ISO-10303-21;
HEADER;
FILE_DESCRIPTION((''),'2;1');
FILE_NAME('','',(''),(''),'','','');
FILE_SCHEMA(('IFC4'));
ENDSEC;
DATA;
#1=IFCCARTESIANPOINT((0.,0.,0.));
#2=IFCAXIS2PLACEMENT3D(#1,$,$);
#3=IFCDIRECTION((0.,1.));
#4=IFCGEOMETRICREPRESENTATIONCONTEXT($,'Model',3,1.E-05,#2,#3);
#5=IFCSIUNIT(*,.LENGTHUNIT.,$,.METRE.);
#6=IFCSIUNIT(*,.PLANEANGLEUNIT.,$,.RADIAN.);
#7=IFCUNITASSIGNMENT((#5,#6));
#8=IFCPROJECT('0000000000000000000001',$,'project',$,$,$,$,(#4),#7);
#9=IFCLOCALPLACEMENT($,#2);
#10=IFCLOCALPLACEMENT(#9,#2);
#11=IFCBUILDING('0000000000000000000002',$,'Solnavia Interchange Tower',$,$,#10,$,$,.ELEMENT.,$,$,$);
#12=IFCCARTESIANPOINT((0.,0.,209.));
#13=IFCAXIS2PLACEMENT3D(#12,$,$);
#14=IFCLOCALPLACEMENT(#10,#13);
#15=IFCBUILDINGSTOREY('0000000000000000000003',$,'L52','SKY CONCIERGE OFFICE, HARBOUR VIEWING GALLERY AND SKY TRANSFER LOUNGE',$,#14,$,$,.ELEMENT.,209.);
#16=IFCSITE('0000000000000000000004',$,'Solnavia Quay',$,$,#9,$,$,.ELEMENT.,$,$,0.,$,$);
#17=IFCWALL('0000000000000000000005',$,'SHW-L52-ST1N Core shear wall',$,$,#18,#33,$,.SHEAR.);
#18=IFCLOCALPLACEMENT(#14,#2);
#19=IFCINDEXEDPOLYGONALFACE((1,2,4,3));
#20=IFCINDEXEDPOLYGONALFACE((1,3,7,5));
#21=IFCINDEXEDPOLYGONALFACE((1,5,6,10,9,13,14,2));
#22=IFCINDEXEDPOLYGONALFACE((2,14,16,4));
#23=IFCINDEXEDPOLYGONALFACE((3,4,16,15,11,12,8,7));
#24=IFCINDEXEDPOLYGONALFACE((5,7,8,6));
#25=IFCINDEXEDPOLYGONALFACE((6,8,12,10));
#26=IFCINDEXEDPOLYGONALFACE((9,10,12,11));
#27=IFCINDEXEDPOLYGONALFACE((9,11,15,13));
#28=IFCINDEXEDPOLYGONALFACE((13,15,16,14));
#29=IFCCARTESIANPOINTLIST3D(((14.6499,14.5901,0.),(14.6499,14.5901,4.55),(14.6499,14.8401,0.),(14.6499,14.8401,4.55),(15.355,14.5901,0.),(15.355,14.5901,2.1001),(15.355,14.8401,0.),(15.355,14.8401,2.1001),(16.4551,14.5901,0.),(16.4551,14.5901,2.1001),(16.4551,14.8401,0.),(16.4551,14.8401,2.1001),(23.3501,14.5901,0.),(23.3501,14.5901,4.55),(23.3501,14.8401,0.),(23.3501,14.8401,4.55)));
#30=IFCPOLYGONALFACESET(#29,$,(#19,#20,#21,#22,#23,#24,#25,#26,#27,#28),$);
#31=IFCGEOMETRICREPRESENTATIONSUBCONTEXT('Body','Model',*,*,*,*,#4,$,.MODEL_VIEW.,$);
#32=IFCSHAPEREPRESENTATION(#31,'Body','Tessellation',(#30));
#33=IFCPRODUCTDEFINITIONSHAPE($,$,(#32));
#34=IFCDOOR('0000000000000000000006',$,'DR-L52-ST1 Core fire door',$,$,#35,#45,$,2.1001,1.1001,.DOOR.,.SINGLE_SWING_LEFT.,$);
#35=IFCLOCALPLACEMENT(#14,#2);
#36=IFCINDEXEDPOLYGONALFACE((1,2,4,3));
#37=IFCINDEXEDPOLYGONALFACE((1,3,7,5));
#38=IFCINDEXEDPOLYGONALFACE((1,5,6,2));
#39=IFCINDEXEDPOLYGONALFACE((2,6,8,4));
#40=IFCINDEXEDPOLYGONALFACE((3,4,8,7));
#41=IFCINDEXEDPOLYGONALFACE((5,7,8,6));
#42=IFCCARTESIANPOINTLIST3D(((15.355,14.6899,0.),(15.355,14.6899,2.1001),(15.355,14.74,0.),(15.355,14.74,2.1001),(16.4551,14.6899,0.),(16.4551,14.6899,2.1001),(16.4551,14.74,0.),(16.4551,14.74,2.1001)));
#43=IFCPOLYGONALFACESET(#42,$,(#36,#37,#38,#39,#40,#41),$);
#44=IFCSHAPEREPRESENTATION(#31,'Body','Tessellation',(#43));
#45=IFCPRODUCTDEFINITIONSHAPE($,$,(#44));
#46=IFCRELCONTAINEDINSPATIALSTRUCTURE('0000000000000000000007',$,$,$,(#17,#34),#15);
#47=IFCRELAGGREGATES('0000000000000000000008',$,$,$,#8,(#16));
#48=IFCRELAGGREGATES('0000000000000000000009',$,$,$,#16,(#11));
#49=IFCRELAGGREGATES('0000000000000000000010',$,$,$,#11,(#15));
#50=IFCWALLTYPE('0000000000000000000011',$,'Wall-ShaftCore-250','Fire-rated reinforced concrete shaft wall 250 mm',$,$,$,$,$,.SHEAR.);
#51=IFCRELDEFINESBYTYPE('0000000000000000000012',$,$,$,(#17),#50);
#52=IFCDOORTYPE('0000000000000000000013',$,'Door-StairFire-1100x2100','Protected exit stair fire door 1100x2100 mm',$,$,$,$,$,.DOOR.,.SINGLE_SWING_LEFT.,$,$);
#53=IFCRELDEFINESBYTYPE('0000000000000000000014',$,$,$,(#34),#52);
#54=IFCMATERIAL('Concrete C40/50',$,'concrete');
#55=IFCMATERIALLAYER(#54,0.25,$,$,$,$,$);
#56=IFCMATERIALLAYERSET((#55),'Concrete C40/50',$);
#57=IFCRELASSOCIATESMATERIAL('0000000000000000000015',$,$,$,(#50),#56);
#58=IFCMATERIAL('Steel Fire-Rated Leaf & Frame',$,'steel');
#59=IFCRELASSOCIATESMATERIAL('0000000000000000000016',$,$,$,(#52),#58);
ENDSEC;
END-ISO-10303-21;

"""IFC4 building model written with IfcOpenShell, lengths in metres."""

from ifc_helpers import new_model, si_unit, direction, frame, frame_2d, origin, place, context, subcontext, project, spatial, rectangle, extrude, material, layer, layer_set, type_object, element, fill, save


model = new_model("IFC4")

# Units and contexts
model_context = context("Model", 3, precision=1e-05, world=origin(), true_north=direction((0.0, 1.0)))
body_context = subcontext(model_context, "Body", "Model", "MODEL_VIEW")
ifc_project = project(units=[si_unit("LENGTHUNIT", "METRE"), si_unit("PLANEANGLEUNIT", "RADIAN")], contexts=[model_context])

# Site, building, storey
site_placement = place(None, origin())
site = spatial("IfcSite", under=ifc_project, at=site_placement, Name="Solnavia Quay", CompositionType="ELEMENT", RefElevation=0.0)
building_placement = place(site_placement, origin())
building = spatial("IfcBuilding", under=site, at=building_placement, Name="Solnavia Interchange Tower", CompositionType="ELEMENT")
storey_placement = place(building_placement, frame((0.0, 0.0, 209.0)))
storey = spatial("IfcBuildingStorey", under=building, at=storey_placement, Name="L52", Description="SKY CONCIERGE OFFICE, HARBOUR VIEWING GALLERY AND SKY TRANSFER LOUNGE", CompositionType="ELEMENT", Elevation=209.0)

# Shared definitions
ifc_material_1 = material(Name="Concrete C40/50", Category="concrete")

# Shared definitions
ifc_layer_1 = layer(ifc_material_1, 0.25)
ifc_layer_set_1 = layer_set([ifc_layer_1], Name="Concrete C40/50")
wall_type_1 = type_object("IfcWallType", Name="Wall-ShaftCore-250", Description="Fire-rated reinforced concrete shaft wall 250 mm", PredefinedType="SHEAR", material=ifc_layer_set_1)

# Wall, opening, door
wall_1_placement = place(storey_placement, frame((14.6499, 14.7151, 0.0), z_axis=(0.0, 0.0, 1.0), x_axis=(1.0, 0.0, 0.0)))
wall_1 = element("IfcWall", 1, at=wall_1_placement, inside=storey, type_object=wall_type_1, Name="SHW-L52-ST1N Core shear wall", PredefinedType="SHEAR", context=body_context, shape_type="SweptSolid", body=[
    extrude(rectangle(XDim=8.7002, YDim=0.25, at=frame_2d((4.3501, 0.0))), origin(), (0.0, 0.0, 1.0), 4.55),
])
opening_1_placement = place(wall_1_placement, frame((0.7051, 0.0, 0.0)))
opening_1 = element("IfcOpeningElement", 2, at=opening_1_placement, cuts=wall_1, PredefinedType="OPENING", context=body_context, shape_type="SweptSolid", body=[
    extrude(rectangle(XDim=1.1001, YDim=2.1001, at=frame_2d((0.55, 1.05))), frame((0.0, 0.135, 0.0), z_axis=(0.0, -1.0, 0.0), x_axis=(1.0, 0.0, 0.0)), (0.0, 0.0, 1.0), 0.27),
])
ifc_material_2 = material(Name="Steel Fire-Rated Leaf & Frame", Category="steel")
door_type = type_object("IfcDoorType", Name="Door-StairFire-1100x2100", Description="Protected exit stair fire door 1100x2100 mm", OperationType="SINGLE_SWING_LEFT", PredefinedType="DOOR", material=ifc_material_2)
door_placement = place(opening_1_placement, origin())
door = element("IfcDoor", 3, at=door_placement, inside=storey, type_object=door_type, Name="DR-L52-ST1 Core fire door", OperationType="SINGLE_SWING_LEFT", OverallHeight=2.1001, OverallWidth=1.1001, PredefinedType="DOOR", context=body_context, shape_type="SweptSolid", body=[
    extrude(rectangle(XDim=1.1001, YDim=2.1001, at=frame_2d((0.55, 1.05))), frame((0.0, 0.0249, 0.0), z_axis=(0.0, -1.0, 0.0), x_axis=(1.0, 0.0, 0.0)), (0.0, 0.0, 1.0), 0.05),
])
fill(opening_1, door)

save(model, "model.ifc")
